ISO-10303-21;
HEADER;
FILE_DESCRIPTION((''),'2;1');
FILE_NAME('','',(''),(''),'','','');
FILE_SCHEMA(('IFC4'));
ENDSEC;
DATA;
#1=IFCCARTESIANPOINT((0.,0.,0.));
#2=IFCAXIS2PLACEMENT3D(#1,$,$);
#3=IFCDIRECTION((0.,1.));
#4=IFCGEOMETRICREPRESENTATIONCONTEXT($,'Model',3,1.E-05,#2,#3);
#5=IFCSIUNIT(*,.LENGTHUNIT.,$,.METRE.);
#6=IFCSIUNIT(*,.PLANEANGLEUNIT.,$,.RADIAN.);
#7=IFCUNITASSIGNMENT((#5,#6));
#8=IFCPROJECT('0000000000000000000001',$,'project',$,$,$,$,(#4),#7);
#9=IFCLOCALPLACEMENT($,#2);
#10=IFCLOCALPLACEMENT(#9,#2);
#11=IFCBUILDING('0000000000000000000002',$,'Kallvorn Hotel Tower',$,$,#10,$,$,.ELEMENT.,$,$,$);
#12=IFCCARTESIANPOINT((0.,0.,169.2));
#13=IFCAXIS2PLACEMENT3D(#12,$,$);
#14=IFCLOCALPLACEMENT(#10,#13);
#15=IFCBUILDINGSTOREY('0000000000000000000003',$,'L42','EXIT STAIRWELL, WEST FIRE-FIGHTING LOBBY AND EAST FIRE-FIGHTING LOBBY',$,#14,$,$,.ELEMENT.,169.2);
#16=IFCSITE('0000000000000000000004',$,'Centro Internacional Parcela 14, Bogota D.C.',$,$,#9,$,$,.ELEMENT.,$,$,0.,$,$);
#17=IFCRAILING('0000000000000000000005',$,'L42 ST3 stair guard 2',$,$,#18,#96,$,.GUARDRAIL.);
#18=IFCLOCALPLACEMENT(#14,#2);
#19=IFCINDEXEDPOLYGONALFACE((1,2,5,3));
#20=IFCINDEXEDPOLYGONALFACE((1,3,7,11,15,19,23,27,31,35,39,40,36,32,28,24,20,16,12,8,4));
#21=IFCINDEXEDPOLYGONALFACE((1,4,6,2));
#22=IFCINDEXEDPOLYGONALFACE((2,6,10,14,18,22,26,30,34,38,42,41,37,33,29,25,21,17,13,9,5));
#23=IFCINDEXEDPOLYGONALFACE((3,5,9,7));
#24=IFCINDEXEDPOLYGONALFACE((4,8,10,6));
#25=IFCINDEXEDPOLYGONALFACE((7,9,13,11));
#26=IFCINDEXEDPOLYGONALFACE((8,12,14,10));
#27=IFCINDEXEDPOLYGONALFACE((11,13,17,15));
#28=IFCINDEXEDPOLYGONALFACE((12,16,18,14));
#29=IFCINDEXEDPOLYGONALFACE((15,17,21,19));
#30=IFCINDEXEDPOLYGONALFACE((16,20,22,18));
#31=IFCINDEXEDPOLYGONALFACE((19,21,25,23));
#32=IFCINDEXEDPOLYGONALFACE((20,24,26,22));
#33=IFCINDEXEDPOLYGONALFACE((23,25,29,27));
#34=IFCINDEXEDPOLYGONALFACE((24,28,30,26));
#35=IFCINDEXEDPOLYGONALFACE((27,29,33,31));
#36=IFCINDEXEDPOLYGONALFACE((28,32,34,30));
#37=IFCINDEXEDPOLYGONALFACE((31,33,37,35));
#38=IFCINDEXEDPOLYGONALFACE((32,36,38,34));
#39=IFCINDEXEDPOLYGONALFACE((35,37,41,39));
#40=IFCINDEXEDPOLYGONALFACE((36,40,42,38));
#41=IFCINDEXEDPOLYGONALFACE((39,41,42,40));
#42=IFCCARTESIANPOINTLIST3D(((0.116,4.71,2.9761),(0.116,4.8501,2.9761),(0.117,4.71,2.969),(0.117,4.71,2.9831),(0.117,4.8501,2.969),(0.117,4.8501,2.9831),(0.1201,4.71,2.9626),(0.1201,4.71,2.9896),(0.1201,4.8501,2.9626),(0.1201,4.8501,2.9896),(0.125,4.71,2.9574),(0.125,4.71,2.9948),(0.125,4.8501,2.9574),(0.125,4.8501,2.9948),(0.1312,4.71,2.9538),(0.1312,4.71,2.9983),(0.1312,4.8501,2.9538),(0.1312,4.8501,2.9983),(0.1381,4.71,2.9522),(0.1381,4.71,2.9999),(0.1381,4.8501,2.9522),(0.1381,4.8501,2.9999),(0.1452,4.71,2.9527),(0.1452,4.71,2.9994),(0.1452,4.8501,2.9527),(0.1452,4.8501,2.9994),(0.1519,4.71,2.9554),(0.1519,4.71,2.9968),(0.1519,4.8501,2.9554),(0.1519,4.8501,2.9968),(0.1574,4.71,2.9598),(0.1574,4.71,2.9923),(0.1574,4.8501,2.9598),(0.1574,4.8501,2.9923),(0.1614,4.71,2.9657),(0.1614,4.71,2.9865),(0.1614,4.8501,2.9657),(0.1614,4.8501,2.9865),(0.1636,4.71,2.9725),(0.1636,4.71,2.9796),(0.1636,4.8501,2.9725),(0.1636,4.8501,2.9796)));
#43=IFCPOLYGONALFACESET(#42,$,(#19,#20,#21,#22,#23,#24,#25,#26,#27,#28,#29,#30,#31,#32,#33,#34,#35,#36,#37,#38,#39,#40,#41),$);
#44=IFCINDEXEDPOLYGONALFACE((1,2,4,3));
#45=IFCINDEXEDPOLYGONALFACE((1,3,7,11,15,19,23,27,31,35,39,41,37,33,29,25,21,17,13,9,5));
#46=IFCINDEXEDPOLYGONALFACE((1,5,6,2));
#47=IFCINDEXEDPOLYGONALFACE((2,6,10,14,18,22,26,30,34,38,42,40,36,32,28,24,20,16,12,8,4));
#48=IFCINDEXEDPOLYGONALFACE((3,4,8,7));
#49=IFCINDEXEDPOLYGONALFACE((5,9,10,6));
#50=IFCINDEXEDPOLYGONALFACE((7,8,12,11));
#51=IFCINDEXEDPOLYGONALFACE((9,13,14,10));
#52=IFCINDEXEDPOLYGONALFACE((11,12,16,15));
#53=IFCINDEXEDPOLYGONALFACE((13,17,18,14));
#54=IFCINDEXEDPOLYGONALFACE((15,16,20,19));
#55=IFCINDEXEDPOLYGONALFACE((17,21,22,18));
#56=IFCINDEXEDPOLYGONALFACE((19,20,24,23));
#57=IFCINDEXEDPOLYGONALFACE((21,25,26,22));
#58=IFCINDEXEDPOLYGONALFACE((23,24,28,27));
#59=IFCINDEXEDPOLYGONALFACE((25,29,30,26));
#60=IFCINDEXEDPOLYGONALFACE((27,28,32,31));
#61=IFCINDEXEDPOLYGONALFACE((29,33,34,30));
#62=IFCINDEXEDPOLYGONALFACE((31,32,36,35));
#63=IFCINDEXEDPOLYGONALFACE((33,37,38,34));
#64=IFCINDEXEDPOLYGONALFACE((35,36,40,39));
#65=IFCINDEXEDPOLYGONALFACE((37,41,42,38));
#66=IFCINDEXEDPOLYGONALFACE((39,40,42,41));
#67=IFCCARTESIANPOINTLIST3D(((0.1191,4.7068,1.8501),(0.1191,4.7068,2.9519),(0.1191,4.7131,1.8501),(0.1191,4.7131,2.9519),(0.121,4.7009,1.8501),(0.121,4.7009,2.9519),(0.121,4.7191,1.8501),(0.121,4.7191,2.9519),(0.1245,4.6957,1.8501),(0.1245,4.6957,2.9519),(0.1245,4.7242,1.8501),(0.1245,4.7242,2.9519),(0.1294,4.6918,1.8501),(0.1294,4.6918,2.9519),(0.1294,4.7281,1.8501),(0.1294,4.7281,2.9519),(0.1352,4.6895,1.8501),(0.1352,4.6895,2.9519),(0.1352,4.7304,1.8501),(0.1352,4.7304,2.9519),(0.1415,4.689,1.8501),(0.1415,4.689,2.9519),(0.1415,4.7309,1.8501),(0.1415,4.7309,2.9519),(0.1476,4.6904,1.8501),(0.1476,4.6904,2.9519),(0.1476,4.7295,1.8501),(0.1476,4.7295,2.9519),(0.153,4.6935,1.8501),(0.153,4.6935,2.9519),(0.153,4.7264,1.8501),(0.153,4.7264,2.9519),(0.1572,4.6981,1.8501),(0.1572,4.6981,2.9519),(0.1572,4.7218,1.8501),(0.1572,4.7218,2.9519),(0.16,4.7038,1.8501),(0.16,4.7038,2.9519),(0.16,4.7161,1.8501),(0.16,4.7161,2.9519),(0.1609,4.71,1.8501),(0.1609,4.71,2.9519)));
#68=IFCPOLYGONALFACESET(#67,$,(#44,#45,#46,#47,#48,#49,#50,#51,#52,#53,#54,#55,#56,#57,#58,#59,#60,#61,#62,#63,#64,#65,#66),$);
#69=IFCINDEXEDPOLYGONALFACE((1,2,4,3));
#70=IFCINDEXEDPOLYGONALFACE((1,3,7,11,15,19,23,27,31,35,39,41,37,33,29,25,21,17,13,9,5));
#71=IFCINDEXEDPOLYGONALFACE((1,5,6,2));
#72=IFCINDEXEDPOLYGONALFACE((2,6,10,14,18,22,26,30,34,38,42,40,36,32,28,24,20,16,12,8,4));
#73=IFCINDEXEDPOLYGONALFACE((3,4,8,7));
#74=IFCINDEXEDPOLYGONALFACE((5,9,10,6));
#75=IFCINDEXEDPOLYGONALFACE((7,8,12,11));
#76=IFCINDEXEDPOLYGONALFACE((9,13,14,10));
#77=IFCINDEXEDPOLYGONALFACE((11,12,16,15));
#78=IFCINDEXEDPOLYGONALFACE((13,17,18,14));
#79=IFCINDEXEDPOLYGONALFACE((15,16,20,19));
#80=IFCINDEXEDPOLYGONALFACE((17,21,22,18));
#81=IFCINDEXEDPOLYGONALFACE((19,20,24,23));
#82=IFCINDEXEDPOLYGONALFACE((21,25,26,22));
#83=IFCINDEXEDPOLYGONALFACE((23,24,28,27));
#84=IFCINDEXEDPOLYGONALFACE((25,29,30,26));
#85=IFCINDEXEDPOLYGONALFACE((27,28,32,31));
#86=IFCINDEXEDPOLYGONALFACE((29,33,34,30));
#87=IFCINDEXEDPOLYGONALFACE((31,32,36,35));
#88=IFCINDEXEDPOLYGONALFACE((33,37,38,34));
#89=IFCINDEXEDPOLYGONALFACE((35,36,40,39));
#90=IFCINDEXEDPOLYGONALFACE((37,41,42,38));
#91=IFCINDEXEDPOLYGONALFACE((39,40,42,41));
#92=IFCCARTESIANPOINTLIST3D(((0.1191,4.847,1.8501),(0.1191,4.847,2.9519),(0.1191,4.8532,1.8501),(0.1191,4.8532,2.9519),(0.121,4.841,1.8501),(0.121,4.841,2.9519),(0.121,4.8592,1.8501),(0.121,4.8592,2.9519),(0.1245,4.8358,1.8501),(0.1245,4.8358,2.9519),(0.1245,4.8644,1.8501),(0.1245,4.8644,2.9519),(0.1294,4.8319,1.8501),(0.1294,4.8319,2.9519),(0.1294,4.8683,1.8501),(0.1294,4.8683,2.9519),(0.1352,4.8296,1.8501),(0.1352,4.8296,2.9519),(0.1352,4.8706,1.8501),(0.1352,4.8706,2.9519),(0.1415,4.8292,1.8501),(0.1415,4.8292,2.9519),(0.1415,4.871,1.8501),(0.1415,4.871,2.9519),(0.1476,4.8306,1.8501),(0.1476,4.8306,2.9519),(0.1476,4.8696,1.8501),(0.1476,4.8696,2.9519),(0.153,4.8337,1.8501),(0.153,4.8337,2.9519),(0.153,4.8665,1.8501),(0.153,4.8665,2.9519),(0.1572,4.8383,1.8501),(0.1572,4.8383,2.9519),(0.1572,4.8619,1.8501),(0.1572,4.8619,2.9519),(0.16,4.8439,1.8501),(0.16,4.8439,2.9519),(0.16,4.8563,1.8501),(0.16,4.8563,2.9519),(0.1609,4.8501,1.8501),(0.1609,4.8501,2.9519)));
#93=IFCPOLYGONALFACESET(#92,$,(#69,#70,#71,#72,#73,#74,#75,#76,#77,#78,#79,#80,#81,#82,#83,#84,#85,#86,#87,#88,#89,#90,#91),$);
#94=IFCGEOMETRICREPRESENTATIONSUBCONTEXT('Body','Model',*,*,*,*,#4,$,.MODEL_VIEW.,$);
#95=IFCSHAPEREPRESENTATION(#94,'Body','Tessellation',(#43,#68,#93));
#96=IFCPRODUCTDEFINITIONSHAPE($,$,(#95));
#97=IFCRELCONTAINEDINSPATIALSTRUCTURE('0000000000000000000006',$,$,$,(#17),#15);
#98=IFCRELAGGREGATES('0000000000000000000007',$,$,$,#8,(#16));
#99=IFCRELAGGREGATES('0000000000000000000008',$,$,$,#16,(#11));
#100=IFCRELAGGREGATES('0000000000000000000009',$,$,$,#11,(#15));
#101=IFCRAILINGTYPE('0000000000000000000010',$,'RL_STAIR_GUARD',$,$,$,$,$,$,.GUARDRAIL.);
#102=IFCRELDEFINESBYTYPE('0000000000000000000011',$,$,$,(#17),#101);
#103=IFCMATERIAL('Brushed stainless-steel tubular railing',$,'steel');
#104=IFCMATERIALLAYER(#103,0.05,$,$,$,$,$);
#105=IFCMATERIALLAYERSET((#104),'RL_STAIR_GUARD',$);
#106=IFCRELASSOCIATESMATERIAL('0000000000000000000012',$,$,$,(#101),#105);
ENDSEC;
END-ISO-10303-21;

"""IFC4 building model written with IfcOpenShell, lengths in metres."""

from ifc_helpers import new_model, si_unit, direction, frame, origin, origin_2d, place, context, subcontext, project, spatial, circle, extrude, material, layer, layer_set, type_object, element, save


model = new_model("IFC4")

# Units and contexts
model_context = context("Model", 3, precision=1e-05, world=origin(), true_north=direction((0.0, 1.0)))
body_context = subcontext(model_context, "Body", "Model", "MODEL_VIEW")
ifc_project = project(units=[si_unit("LENGTHUNIT", "METRE"), si_unit("PLANEANGLEUNIT", "RADIAN")], contexts=[model_context])

# Site, building, storey
site_placement = place(None, origin())
site = spatial("IfcSite", under=ifc_project, at=site_placement, Name="Centro Internacional Parcela 14, Bogota D.C.", CompositionType="ELEMENT", RefElevation=0.0)
building_placement = place(site_placement, origin())
building = spatial("IfcBuilding", under=site, at=building_placement, Name="Kallvorn Hotel Tower", CompositionType="ELEMENT")
storey_placement = place(building_placement, frame((0.0, 0.0, 169.2)))
storey = spatial("IfcBuildingStorey", under=building, at=storey_placement, Name="L42", Description="EXIT STAIRWELL, WEST FIRE-FIGHTING LOBBY AND EAST FIRE-FIGHTING LOBBY", CompositionType="ELEMENT", Elevation=169.2)

# Railing
ifc_material_1 = material(Name="Brushed stainless-steel tubular railing", Category="steel")
ifc_layer_1 = layer(ifc_material_1, 0.05)
ifc_layer_set_1 = layer_set([ifc_layer_1], Name="RL_STAIR_GUARD")
railing_type_1 = type_object("IfcRailingType", Name="RL_STAIR_GUARD", PredefinedType="GUARDRAIL", material=ifc_layer_set_1)
railing_1_placement = place(storey_placement, frame((0.1399, 4.71, 1.8501)))
element("IfcRailing", 1, at=railing_1_placement, inside=storey, type_object=railing_type_1, Name="L42 ST3 stair guard 2", PredefinedType="GUARDRAIL", context=body_context, shape_type="SweptSolid", body=[
    extrude(circle(Radius=0.0239, at=origin_2d()), frame((0.0, 0.0, 1.126), z_axis=(0.0, 1.0, 0.0), x_axis=(-1.0, 0.0, 0.0)), (0.0, 0.0, 1.0), 0.1401),
    extrude(circle(Radius=0.021, at=origin_2d()), origin(), (0.0, 0.0, 1.0), 1.1018),
    extrude(circle(Radius=0.021, at=origin_2d()), frame((0.0, 0.1401, 0.0)), (0.0, 0.0, 1.0), 1.1018),
])

save(model, "model.ifc")
